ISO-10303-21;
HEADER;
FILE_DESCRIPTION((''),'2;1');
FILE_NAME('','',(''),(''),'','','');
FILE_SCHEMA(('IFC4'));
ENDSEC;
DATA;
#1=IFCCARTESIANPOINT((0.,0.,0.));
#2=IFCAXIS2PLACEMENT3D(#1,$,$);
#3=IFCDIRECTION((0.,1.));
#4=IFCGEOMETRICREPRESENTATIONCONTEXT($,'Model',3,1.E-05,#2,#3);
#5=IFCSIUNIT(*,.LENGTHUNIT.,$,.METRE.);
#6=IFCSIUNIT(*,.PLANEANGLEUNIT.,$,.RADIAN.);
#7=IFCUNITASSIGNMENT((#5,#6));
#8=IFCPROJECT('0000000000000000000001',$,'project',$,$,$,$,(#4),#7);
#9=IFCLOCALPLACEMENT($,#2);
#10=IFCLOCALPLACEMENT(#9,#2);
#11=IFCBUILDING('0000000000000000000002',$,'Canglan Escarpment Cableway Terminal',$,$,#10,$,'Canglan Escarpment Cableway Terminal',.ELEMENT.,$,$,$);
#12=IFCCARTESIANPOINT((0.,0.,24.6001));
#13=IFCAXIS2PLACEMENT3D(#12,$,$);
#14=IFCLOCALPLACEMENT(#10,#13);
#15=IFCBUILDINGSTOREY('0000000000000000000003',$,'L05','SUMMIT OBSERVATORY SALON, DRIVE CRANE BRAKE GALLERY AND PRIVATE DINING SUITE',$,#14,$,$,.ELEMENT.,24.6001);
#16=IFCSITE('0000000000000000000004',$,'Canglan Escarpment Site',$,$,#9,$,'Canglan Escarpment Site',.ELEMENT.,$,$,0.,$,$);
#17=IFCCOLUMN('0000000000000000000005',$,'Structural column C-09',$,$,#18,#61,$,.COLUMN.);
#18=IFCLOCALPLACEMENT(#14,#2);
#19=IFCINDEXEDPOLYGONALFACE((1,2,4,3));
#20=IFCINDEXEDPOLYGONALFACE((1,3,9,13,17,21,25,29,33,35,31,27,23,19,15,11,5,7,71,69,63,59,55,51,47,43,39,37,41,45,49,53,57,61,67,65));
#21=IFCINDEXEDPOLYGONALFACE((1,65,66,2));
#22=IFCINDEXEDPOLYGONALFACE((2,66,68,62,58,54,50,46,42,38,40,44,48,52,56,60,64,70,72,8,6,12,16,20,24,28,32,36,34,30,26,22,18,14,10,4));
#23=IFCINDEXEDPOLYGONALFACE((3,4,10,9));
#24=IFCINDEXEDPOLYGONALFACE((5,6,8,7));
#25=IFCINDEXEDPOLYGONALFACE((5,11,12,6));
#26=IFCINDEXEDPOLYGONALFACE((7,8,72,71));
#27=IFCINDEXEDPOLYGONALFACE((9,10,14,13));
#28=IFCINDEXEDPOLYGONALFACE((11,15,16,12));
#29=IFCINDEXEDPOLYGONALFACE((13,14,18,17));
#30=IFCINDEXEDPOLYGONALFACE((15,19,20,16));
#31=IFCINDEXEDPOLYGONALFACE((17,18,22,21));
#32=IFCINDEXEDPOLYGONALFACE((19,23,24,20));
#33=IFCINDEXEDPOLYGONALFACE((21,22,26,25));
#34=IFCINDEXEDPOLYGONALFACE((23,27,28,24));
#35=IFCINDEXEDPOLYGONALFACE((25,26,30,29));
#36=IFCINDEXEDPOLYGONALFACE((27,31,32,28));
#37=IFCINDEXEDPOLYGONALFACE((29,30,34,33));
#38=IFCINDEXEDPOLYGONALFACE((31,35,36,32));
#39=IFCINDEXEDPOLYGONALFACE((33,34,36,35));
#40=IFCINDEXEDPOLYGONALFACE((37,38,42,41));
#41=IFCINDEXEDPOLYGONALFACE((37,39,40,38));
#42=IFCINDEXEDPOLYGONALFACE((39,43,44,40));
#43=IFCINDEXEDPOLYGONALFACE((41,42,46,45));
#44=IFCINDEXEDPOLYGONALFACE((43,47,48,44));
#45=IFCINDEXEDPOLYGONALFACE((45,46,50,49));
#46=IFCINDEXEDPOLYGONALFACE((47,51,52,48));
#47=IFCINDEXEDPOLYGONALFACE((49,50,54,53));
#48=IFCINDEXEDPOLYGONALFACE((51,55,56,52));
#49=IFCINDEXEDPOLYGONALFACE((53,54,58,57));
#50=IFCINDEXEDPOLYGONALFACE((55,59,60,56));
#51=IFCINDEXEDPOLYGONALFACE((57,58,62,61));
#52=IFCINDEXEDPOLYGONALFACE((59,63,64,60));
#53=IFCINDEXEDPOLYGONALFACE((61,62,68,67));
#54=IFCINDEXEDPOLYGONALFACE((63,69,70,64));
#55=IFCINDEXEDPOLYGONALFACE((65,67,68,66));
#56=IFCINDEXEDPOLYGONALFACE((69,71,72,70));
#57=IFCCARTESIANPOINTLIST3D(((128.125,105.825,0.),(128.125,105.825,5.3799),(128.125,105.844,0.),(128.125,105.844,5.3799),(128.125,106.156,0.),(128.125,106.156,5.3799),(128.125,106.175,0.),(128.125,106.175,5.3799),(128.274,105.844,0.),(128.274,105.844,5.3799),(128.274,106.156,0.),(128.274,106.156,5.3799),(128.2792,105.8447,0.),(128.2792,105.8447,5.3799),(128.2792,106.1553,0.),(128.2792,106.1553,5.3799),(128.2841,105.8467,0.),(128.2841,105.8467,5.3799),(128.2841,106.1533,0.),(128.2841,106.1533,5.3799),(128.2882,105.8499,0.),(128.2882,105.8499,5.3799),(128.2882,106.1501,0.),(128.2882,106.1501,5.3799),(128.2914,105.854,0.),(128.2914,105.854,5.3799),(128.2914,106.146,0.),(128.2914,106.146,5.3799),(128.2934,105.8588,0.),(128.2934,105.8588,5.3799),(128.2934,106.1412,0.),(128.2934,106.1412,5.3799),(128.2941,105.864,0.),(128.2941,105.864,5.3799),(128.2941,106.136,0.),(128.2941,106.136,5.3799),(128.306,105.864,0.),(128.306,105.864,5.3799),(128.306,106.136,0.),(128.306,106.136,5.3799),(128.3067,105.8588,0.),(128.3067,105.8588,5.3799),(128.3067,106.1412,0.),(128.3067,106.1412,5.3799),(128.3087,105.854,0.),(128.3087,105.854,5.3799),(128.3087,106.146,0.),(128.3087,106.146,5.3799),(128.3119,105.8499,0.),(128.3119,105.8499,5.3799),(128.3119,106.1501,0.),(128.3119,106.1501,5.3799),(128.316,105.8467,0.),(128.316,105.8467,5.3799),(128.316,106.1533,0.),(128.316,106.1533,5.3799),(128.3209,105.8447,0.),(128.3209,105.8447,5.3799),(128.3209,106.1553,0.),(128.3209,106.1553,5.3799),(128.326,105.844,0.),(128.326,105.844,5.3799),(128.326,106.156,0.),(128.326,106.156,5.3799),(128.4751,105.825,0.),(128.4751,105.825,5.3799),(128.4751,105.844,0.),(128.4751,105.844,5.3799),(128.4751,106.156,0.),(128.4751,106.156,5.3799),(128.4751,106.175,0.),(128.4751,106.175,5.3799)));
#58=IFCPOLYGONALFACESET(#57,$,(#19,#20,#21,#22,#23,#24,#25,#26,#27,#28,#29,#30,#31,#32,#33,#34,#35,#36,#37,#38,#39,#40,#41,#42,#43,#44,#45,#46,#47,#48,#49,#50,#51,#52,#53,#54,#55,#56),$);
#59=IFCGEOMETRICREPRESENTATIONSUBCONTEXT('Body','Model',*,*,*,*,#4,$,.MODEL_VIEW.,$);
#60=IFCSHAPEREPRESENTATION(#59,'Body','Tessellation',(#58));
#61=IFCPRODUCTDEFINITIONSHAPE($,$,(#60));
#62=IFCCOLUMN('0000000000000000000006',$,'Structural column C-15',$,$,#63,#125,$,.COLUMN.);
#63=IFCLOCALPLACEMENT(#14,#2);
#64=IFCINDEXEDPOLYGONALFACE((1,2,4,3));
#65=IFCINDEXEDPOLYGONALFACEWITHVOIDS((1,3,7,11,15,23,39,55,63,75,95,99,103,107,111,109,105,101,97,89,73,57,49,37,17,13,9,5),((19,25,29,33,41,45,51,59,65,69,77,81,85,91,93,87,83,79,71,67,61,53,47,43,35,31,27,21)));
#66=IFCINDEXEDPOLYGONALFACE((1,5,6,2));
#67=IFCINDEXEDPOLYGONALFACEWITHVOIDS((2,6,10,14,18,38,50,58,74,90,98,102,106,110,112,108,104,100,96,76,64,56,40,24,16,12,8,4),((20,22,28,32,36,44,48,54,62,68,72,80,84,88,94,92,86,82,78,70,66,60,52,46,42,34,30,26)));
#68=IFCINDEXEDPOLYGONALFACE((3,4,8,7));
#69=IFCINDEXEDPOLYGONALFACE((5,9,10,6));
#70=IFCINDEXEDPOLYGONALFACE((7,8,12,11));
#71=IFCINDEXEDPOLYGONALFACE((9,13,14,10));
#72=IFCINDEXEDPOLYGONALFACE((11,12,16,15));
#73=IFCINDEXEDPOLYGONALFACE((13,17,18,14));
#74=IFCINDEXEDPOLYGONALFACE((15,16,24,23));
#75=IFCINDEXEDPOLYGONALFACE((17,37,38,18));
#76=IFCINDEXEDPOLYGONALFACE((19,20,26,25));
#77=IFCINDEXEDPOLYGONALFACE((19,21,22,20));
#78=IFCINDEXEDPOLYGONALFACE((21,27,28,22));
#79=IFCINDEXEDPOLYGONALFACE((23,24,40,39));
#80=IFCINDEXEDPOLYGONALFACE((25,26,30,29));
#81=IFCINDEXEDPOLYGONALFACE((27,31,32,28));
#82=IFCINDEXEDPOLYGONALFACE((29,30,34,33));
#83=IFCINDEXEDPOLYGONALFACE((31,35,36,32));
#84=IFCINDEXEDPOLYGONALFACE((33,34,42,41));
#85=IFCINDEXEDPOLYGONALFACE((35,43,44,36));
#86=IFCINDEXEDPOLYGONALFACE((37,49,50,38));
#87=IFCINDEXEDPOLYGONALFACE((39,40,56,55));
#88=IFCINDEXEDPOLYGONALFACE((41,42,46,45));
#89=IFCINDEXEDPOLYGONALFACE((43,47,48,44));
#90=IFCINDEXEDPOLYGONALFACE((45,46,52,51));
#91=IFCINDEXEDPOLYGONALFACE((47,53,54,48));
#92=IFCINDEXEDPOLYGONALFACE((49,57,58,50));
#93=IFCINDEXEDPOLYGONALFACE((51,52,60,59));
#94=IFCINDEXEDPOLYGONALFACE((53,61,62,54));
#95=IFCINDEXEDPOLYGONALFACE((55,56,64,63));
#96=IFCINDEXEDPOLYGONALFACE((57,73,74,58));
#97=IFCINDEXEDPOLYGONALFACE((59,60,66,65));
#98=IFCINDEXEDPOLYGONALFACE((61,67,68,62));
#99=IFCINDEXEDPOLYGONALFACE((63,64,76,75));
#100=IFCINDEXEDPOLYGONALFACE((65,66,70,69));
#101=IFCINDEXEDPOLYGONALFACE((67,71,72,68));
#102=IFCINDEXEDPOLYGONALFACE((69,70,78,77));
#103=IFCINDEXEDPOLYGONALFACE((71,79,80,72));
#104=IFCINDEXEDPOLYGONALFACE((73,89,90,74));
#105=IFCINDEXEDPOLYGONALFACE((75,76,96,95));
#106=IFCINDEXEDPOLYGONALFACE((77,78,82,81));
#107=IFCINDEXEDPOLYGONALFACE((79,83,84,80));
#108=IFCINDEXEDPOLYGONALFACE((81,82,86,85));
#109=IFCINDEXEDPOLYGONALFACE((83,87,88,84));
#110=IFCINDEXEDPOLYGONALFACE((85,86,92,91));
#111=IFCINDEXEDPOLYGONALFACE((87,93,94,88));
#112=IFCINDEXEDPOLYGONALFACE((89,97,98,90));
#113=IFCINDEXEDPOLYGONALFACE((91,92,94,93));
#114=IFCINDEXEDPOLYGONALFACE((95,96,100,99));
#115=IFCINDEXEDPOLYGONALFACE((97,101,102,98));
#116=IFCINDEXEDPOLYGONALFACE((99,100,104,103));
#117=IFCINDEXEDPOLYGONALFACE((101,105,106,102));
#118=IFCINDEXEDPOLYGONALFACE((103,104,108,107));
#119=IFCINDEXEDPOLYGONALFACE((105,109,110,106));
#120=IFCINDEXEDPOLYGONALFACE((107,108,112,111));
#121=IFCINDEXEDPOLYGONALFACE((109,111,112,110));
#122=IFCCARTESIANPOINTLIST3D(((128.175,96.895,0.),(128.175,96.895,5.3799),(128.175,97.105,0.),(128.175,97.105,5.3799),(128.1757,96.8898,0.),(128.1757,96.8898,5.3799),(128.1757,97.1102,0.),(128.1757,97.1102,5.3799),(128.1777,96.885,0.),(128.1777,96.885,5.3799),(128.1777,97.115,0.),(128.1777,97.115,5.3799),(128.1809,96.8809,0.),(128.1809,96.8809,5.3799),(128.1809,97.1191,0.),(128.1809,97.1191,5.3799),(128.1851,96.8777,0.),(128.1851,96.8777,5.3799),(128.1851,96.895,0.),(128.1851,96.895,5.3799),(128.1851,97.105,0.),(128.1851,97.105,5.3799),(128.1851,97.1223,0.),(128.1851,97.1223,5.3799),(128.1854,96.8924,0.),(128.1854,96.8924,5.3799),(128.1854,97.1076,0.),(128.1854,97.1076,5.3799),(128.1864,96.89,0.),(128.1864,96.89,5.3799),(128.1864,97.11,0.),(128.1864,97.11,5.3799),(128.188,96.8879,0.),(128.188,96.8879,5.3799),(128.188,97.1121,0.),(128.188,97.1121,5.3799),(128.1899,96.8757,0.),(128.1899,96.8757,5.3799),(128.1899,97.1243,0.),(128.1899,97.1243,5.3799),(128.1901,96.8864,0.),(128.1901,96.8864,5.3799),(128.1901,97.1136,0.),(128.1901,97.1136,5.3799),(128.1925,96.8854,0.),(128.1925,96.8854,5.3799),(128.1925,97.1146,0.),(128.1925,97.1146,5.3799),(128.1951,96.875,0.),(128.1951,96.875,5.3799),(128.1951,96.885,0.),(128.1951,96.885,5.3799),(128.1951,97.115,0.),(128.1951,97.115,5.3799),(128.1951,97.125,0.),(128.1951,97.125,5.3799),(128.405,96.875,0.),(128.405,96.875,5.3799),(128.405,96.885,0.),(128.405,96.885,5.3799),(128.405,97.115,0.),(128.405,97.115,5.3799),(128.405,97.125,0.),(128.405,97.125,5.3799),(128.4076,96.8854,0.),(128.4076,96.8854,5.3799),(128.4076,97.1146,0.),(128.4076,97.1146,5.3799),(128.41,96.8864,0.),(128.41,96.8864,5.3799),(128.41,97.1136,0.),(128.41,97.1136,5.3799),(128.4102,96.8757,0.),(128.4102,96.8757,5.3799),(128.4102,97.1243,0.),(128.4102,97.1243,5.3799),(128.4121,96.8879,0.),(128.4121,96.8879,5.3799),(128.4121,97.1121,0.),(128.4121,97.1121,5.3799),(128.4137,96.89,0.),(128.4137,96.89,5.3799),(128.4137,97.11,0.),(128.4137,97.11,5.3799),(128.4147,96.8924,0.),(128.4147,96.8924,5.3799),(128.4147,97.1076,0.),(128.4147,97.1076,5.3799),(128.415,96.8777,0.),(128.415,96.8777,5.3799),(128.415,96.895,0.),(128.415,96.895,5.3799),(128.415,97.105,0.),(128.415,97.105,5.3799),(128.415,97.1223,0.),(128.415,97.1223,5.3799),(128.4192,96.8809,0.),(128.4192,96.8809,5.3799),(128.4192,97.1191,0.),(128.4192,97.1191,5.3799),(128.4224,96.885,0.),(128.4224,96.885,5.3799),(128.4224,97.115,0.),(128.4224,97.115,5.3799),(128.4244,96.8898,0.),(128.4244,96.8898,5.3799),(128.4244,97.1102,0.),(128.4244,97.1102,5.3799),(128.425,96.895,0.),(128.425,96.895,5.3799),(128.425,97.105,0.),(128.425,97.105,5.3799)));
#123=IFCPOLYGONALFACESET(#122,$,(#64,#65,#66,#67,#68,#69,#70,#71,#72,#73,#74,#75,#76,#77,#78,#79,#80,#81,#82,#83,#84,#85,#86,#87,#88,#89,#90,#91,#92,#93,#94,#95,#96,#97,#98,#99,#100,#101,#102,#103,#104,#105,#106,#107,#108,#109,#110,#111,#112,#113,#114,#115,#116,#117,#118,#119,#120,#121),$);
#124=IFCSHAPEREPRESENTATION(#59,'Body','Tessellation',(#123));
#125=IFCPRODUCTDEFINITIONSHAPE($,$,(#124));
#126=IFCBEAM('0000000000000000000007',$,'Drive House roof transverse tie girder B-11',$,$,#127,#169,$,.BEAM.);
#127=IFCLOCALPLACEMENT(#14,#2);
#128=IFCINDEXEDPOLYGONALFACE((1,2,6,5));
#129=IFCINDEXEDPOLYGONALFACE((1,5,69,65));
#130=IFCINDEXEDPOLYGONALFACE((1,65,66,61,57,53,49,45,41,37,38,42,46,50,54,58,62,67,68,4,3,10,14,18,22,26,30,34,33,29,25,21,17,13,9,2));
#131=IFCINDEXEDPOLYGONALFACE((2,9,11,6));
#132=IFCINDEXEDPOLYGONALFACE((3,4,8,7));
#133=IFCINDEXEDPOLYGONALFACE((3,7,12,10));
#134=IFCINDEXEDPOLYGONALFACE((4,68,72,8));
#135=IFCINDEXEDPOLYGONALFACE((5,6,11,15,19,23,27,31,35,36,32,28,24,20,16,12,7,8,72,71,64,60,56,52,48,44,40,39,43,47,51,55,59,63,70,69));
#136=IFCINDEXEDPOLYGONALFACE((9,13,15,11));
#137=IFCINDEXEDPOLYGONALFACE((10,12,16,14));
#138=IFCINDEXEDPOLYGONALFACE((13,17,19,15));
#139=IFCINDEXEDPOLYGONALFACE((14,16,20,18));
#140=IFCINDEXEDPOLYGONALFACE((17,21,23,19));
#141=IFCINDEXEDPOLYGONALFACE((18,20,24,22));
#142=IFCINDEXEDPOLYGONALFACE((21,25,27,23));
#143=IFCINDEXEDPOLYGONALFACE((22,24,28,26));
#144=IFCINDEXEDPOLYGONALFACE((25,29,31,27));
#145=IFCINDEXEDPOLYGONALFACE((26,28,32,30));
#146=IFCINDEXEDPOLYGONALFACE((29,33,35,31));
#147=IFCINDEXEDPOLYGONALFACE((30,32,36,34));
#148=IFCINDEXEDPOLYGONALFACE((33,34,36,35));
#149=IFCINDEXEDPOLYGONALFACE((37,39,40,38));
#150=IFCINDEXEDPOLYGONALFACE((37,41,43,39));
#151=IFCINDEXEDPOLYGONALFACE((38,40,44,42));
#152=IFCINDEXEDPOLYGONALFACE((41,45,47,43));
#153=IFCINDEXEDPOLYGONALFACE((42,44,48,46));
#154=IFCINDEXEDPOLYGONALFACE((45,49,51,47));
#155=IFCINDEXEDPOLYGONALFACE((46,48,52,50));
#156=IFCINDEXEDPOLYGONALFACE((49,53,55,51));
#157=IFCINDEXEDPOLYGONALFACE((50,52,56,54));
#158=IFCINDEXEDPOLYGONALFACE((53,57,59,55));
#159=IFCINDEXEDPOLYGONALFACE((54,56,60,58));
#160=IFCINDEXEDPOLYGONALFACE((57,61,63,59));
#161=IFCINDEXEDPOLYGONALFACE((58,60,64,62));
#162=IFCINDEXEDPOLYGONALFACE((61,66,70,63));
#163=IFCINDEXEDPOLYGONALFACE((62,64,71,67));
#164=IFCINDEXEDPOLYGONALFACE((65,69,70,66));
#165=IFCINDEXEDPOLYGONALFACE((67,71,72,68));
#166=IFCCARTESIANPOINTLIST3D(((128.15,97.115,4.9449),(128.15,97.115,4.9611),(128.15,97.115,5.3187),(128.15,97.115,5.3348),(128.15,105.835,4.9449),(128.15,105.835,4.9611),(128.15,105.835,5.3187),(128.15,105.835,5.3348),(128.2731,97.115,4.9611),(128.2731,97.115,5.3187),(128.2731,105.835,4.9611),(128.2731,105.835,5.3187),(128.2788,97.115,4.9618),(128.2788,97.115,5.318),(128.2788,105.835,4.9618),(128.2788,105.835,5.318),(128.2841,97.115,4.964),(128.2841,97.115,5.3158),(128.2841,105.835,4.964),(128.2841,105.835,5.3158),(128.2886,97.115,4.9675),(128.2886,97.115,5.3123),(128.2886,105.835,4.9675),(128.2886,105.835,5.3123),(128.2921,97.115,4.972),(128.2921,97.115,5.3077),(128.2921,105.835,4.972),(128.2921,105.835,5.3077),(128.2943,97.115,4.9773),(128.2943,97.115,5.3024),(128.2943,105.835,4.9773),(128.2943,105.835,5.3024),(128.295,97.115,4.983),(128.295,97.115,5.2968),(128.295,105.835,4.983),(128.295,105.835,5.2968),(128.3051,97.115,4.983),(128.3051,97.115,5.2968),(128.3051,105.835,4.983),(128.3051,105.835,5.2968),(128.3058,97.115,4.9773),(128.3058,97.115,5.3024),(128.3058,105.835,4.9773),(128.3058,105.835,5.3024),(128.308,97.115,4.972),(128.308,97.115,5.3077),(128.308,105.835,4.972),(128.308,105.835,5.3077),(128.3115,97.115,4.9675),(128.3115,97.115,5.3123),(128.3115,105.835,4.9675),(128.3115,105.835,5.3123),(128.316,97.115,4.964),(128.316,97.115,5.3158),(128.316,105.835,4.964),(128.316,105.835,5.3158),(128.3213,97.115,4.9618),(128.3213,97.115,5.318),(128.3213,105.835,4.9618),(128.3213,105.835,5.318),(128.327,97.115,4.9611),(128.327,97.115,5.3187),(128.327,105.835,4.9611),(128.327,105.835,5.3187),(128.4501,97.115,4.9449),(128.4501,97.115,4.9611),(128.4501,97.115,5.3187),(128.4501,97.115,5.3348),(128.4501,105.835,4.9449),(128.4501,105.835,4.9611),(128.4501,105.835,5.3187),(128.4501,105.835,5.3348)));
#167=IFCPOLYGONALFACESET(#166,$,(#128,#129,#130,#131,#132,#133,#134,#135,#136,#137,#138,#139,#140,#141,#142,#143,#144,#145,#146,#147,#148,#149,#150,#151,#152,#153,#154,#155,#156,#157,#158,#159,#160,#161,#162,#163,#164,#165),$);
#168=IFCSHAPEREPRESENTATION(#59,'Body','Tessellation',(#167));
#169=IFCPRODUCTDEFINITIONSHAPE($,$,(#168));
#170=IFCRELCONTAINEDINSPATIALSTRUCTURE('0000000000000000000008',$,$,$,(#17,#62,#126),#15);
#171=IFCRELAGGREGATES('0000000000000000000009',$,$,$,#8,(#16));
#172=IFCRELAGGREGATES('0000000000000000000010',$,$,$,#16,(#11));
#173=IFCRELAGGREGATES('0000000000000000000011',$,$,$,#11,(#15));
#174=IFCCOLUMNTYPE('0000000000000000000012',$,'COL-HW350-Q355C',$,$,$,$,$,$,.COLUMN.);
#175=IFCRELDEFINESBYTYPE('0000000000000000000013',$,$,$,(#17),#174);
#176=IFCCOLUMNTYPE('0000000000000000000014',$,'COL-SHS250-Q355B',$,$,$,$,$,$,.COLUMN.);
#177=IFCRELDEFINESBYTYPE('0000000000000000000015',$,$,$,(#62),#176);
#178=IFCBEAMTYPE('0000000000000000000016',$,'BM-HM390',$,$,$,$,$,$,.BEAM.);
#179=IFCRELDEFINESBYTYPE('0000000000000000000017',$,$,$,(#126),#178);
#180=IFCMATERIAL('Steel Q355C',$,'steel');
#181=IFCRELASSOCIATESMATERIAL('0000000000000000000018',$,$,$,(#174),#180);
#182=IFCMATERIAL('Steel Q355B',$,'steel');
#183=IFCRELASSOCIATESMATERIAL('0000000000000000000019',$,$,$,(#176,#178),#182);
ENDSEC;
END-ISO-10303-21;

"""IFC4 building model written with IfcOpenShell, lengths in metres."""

from ifc_helpers import new_model, si_unit, direction, frame, origin, origin_2d, place, context, subcontext, project, spatial, hollow_rectangle, i_section, extrude, material, material_profile, profile_set, type_object, element, save


model = new_model("IFC4")

# Units and contexts
model_context = context("Model", 3, precision=1e-05, world=origin(), true_north=direction((0.0, 1.0)))
body_context = subcontext(model_context, "Body", "Model", "MODEL_VIEW")
ifc_project = project(units=[si_unit("LENGTHUNIT", "METRE"), si_unit("PLANEANGLEUNIT", "RADIAN")], contexts=[model_context])

# Site, building, storey
site_placement = place(None, origin())
site = spatial("IfcSite", under=ifc_project, at=site_placement, Name="Canglan Escarpment Site", LongName="Canglan Escarpment Site", CompositionType="ELEMENT", RefElevation=0.0)
building_placement = place(site_placement, origin())
building = spatial("IfcBuilding", under=site, at=building_placement, Name="Canglan Escarpment Cableway Terminal", LongName="Canglan Escarpment Cableway Terminal", CompositionType="ELEMENT")
storey_placement = place(building_placement, frame((0.0, 0.0, 24.6001)))
storey = spatial("IfcBuildingStorey", under=building, at=storey_placement, Name="L05", Description="SUMMIT OBSERVATORY SALON, DRIVE CRANE BRAKE GALLERY AND PRIVATE DINING SUITE", CompositionType="ELEMENT", Elevation=24.6001)

# Columns
ifc_material_1 = material(Name="Steel Q355C", Category="steel")
ifc_material_profile_1 = material_profile(ifc_material_1, i_section(OverallWidth=0.3501, OverallDepth=0.3501, WebThickness=0.012, FlangeThickness=0.019, FilletRadius=0.02, at=origin_2d()), Name="HW 350x350x12x19")
ifc_profile_set_1 = profile_set([ifc_material_profile_1], Name="Steel Q355C")
column_type_1 = type_object("IfcColumnType", Name="COL-HW350-Q355C", PredefinedType="COLUMN", material=ifc_profile_set_1)
column_1_placement = place(storey_placement, frame((128.3, 106.0, 0.0), z_axis=(0.0, 0.0, 1.0), x_axis=(1.0, 0.0, 0.0)))
element("IfcColumn", 1, at=column_1_placement, inside=storey, type_object=column_type_1, Name="Structural column C-09", PredefinedType="COLUMN", context=body_context, shape_type="SweptSolid", body=[
    extrude(i_section(OverallWidth=0.3501, OverallDepth=0.3501, WebThickness=0.012, FlangeThickness=0.019, FilletRadius=0.02, at=origin_2d()), origin(), (0.0, 0.0, 1.0), 5.3799),
])
ifc_material_2 = material(Name="Steel Q355B", Category="steel")
ifc_material_profile_2 = material_profile(ifc_material_2, hollow_rectangle(XDim=0.25, YDim=0.25, WallThickness=0.01, InnerFilletRadius=0.01, OuterFilletRadius=0.02, at=origin_2d()), Name="SHS 250x250x10")
ifc_profile_set_2 = profile_set([ifc_material_profile_2], Name="Steel Q355B")
column_type_2 = type_object("IfcColumnType", Name="COL-SHS250-Q355B", PredefinedType="COLUMN", material=ifc_profile_set_2)
column_2_placement = place(storey_placement, frame((128.3, 97.0, 0.0), z_axis=(0.0, 0.0, 1.0), x_axis=(1.0, 0.0, 0.0)))
element("IfcColumn", 2, at=column_2_placement, inside=storey, type_object=column_type_2, Name="Structural column C-15", PredefinedType="COLUMN", context=body_context, shape_type="SweptSolid", body=[
    extrude(hollow_rectangle(XDim=0.25, YDim=0.25, WallThickness=0.01, InnerFilletRadius=0.01, OuterFilletRadius=0.02, at=origin_2d()), origin(), (0.0, 0.0, 1.0), 5.3799),
])

# Beam
ifc_material_profile_3 = material_profile(ifc_material_2, i_section(OverallWidth=0.3, OverallDepth=0.3899, WebThickness=0.01, FlangeThickness=0.0161, FilletRadius=0.022, at=origin_2d()), Name="HM 390x300x10x16")
ifc_profile_set_3 = profile_set([ifc_material_profile_3], Name="Steel Q355B")
beam_type_1 = type_object("IfcBeamType", Name="BM-HM390", PredefinedType="BEAM", material=ifc_profile_set_3)
beam_1_placement = place(storey_placement, frame((128.3, 97.115, 5.1399), z_axis=(0.0, 1.0, 0.0), x_axis=(-1.0, 0.0, 0.0)))
element("IfcBeam", 3, at=beam_1_placement, inside=storey, type_object=beam_type_1, Name="Drive House roof transverse tie girder B-11", PredefinedType="BEAM", context=body_context, shape_type="SweptSolid", body=[
    extrude(i_section(OverallWidth=0.3, OverallDepth=0.3899, WebThickness=0.01, FlangeThickness=0.0161, FilletRadius=0.022, at=origin_2d()), origin(), (0.0, 0.0, 1.0), 8.72),
])

save(model, "model.ifc")
